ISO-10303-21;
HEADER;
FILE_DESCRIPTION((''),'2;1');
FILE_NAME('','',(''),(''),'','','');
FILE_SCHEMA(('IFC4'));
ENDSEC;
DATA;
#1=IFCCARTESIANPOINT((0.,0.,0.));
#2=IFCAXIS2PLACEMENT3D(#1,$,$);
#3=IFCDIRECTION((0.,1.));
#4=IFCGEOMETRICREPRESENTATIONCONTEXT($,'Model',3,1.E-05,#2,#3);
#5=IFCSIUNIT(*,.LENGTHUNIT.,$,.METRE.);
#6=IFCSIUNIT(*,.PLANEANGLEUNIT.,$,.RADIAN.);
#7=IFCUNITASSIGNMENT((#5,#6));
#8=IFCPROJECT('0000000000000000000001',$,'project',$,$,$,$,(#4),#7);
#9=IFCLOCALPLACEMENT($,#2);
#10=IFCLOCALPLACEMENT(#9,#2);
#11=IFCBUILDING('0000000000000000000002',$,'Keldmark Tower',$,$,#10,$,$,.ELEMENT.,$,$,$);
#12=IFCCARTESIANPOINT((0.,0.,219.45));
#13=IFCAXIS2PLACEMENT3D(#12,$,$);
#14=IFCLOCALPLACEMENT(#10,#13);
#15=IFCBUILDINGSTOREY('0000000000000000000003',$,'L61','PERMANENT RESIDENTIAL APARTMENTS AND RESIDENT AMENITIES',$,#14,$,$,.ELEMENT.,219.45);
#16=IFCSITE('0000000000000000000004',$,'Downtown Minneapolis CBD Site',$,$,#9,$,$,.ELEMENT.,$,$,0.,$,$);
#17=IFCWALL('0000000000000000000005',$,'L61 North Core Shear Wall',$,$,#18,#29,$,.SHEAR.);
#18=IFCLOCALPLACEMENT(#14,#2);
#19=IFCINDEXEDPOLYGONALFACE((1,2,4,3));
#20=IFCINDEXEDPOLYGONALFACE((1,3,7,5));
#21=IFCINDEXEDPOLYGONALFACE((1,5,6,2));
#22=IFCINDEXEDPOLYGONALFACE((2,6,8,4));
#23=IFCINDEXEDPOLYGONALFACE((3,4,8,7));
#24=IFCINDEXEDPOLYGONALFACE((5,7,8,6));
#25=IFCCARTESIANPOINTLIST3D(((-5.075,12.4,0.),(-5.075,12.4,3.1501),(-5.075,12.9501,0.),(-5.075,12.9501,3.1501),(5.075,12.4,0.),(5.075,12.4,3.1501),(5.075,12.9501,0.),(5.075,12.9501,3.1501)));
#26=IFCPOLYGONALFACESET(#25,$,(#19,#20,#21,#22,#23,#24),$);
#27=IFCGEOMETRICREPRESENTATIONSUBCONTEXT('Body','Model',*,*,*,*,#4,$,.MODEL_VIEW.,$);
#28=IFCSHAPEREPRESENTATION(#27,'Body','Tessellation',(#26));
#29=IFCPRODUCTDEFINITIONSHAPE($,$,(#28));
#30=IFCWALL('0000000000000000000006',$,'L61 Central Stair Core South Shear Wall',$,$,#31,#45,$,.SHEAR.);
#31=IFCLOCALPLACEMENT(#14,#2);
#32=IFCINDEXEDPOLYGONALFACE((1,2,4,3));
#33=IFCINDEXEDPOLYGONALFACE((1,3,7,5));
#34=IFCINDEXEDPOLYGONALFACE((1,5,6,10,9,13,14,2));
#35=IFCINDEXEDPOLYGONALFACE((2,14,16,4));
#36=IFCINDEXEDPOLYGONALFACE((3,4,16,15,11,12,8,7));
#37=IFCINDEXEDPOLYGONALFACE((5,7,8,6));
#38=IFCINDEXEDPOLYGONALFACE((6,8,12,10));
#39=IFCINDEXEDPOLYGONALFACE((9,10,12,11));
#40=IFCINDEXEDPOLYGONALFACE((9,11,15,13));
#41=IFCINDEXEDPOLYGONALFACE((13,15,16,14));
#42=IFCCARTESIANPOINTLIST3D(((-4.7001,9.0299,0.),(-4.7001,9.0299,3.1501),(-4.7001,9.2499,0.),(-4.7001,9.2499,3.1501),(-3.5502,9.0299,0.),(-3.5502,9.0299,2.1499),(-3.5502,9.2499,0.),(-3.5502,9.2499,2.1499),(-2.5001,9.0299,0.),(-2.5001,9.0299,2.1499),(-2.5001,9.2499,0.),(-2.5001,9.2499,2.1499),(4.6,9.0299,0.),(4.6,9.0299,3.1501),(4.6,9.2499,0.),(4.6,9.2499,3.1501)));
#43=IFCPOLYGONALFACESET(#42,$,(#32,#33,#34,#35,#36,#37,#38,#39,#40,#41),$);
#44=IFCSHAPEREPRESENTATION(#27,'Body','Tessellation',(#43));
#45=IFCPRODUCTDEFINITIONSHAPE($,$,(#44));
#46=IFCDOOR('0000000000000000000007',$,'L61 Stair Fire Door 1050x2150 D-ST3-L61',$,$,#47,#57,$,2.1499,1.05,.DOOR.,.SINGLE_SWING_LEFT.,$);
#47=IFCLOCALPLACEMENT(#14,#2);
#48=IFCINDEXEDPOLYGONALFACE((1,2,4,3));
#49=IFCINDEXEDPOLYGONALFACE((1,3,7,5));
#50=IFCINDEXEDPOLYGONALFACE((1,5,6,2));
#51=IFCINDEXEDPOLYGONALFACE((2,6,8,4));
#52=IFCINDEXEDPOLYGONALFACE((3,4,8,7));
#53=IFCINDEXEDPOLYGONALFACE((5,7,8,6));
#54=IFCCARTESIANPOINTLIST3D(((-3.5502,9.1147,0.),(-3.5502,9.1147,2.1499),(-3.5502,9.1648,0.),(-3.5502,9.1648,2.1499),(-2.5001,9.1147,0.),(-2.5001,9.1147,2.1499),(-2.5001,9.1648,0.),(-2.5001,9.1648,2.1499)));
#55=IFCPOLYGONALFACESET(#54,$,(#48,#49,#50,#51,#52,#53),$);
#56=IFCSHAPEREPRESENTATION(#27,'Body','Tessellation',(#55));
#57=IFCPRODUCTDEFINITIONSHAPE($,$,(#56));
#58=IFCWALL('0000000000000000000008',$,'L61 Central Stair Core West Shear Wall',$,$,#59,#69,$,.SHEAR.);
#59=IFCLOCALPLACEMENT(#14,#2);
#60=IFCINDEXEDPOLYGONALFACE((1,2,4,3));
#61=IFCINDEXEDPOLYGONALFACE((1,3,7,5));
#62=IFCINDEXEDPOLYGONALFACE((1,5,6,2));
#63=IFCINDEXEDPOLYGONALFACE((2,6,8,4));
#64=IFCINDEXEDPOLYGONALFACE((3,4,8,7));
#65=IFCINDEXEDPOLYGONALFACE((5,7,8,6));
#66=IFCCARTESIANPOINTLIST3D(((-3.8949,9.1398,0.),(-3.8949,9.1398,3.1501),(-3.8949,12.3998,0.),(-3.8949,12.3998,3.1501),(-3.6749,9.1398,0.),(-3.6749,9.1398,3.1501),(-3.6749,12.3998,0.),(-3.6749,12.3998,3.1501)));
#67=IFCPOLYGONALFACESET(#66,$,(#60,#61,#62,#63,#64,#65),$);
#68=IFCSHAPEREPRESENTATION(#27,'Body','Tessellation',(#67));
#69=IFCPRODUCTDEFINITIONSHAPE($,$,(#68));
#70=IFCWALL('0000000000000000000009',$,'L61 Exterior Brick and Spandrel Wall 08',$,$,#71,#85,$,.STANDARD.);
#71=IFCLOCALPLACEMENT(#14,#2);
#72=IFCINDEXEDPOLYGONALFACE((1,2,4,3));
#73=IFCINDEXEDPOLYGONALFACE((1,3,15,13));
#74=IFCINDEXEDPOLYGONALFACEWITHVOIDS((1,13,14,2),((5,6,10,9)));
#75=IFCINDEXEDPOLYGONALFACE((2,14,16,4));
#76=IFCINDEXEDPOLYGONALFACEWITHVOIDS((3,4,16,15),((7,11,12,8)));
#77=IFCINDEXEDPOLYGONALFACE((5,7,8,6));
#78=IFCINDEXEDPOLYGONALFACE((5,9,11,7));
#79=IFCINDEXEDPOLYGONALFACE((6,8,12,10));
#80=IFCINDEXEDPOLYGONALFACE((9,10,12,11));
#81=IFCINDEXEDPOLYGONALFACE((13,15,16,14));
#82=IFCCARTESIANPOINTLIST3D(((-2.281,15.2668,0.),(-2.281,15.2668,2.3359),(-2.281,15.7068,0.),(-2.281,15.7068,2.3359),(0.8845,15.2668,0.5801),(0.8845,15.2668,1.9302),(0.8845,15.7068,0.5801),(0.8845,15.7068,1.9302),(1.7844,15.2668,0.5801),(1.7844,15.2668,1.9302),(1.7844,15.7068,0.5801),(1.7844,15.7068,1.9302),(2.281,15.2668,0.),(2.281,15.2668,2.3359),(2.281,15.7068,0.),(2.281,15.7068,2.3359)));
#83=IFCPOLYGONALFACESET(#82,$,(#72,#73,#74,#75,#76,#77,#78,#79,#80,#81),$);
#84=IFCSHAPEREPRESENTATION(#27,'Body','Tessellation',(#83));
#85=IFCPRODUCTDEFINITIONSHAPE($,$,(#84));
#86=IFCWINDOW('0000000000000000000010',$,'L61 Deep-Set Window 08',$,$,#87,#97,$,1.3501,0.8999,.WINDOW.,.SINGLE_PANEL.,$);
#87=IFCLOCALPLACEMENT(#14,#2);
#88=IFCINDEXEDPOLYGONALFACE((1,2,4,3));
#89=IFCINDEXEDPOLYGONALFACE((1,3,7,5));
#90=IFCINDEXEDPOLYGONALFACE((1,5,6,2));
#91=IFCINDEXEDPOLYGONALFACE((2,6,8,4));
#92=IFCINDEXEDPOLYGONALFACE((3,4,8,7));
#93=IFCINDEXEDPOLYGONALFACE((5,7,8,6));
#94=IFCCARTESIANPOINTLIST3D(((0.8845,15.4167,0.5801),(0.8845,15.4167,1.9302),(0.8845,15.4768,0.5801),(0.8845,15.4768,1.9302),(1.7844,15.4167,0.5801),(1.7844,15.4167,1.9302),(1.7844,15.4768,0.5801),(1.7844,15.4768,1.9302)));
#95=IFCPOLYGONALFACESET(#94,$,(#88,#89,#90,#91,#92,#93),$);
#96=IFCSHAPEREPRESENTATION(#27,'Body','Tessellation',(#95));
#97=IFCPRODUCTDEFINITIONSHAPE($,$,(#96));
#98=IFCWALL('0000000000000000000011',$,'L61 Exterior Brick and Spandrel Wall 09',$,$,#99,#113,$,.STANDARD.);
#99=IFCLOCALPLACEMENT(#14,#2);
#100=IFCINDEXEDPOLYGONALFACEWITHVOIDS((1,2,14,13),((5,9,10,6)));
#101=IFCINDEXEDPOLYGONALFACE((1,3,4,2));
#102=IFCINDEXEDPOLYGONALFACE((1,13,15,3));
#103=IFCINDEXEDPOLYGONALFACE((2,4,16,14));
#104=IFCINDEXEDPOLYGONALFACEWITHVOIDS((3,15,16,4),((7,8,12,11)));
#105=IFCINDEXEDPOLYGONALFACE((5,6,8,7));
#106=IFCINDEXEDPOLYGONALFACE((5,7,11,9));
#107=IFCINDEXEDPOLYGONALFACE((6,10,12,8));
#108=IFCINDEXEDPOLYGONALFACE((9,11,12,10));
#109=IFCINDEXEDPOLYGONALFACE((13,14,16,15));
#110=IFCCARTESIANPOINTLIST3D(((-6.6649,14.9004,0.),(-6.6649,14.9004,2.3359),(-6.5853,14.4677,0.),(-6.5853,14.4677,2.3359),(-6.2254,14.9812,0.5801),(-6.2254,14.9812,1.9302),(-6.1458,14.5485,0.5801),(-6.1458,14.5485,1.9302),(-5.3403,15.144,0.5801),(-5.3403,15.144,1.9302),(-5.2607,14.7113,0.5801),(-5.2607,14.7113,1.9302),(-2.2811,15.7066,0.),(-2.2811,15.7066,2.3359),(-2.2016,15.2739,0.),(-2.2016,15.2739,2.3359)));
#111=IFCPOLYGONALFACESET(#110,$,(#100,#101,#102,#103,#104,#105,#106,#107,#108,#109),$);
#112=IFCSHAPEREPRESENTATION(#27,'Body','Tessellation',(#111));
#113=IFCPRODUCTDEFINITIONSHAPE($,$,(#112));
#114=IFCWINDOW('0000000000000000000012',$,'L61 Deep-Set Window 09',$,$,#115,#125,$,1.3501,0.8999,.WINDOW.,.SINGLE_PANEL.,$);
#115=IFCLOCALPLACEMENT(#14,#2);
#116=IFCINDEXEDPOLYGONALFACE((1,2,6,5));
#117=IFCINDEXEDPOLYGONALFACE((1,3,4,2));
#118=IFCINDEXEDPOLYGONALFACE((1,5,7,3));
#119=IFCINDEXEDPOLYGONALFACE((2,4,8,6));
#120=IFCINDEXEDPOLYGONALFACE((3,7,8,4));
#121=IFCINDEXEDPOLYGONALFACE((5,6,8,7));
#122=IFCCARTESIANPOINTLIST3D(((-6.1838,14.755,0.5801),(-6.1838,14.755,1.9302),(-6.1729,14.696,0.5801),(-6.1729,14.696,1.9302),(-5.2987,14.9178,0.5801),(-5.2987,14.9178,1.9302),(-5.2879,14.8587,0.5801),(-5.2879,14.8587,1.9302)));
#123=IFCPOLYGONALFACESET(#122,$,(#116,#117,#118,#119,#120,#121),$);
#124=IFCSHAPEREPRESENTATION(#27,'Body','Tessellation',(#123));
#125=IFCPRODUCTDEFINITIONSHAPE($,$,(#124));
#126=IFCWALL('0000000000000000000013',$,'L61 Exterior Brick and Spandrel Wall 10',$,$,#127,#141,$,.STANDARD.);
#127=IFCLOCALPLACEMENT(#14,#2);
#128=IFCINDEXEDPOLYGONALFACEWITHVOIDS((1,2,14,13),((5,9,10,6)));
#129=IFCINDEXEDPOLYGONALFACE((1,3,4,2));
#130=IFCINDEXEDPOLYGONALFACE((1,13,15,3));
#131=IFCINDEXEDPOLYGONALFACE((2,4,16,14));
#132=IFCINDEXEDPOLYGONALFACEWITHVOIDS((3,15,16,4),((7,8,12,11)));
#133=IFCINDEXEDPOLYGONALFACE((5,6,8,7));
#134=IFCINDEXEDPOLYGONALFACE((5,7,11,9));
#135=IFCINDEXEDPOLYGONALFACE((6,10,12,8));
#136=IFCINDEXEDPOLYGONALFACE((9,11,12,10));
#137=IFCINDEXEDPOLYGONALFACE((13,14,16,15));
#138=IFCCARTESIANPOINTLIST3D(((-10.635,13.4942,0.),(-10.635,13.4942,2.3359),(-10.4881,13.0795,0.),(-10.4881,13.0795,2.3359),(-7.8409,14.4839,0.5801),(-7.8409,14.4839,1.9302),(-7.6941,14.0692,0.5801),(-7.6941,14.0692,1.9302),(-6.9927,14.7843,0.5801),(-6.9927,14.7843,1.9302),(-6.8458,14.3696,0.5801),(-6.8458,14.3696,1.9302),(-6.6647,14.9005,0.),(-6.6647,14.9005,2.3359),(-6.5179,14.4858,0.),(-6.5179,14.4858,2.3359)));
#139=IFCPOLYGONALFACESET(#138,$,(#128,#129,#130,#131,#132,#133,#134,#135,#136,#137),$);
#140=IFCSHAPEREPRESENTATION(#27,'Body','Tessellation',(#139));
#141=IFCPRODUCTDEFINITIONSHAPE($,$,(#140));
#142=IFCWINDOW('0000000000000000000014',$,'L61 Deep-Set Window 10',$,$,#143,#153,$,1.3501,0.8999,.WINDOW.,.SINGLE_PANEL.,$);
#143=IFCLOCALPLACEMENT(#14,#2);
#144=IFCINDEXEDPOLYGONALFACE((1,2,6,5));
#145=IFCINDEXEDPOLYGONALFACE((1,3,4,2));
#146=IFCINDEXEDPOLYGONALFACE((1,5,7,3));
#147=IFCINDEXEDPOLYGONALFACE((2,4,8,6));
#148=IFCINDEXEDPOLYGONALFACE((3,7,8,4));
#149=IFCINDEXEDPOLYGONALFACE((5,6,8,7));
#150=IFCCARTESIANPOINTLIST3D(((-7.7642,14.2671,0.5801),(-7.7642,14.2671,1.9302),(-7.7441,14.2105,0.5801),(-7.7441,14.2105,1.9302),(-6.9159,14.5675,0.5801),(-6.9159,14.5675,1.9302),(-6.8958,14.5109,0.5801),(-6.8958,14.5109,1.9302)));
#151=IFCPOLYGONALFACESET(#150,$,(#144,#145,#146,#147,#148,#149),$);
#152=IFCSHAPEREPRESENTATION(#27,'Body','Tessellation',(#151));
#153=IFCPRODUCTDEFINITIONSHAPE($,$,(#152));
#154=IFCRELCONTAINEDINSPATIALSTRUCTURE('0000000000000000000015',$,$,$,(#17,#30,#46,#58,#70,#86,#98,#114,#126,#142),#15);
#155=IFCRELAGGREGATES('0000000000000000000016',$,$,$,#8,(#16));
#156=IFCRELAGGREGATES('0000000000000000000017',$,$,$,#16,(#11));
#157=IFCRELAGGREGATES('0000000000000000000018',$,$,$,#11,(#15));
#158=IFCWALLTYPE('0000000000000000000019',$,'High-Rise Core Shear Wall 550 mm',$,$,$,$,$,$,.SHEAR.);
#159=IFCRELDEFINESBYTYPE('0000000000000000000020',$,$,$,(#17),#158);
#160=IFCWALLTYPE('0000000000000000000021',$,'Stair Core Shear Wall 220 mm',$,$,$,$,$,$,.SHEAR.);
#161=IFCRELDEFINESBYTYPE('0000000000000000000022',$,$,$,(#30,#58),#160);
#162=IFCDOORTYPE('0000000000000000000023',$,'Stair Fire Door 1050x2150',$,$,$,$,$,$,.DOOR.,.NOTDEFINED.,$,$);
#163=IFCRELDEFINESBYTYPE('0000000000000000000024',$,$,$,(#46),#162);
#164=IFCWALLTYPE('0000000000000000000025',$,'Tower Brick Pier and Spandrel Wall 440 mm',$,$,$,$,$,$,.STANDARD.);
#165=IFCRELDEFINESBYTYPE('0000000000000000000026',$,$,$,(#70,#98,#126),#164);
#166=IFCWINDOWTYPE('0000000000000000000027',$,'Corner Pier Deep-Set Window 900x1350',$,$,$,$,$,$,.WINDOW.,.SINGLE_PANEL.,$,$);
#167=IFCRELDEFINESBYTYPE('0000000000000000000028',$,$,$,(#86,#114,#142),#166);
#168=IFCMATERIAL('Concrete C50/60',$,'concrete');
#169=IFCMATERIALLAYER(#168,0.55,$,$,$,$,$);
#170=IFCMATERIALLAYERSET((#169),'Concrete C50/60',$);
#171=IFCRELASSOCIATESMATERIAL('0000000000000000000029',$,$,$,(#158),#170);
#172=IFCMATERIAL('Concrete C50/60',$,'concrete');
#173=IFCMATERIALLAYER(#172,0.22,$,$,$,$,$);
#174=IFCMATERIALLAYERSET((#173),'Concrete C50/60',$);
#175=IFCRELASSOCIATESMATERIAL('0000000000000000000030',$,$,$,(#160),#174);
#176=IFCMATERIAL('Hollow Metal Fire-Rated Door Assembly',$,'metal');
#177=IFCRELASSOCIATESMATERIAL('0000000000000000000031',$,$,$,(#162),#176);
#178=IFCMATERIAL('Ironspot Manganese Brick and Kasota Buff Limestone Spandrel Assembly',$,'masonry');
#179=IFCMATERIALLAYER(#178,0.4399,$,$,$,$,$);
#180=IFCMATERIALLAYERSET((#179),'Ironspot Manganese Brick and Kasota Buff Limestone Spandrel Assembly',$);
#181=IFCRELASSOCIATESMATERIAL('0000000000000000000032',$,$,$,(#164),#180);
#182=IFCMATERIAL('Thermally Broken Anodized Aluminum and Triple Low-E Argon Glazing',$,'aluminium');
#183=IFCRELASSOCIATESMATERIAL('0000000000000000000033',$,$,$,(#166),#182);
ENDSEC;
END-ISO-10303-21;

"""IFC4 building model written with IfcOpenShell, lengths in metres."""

from ifc_helpers import new_model, si_unit, direction, frame, frame_2d, origin, place, context, subcontext, project, spatial, rectangle, extrude, material, layer, layer_set, type_object, element, fill, save


model = new_model("IFC4")

# Units and contexts
model_context = context("Model", 3, precision=1e-05, world=origin(), true_north=direction((0.0, 1.0)))
body_context = subcontext(model_context, "Body", "Model", "MODEL_VIEW")
ifc_project = project(units=[si_unit("LENGTHUNIT", "METRE"), si_unit("PLANEANGLEUNIT", "RADIAN")], contexts=[model_context])

# Site, building, storey
site_placement = place(None, origin())
site = spatial("IfcSite", under=ifc_project, at=site_placement, Name="Downtown Minneapolis CBD Site", CompositionType="ELEMENT", RefElevation=0.0)
building_placement = place(site_placement, origin())
building = spatial("IfcBuilding", under=site, at=building_placement, Name="Keldmark Tower", CompositionType="ELEMENT")
storey_placement = place(building_placement, frame((0.0, 0.0, 219.45)))
storey = spatial("IfcBuildingStorey", under=building, at=storey_placement, Name="L61", Description="PERMANENT RESIDENTIAL APARTMENTS AND RESIDENT AMENITIES", CompositionType="ELEMENT", Elevation=219.45)

# Wall
ifc_material_1 = material(Name="Concrete C50/60", Category="concrete")
ifc_layer_1 = layer(ifc_material_1, 0.55)
ifc_layer_set_1 = layer_set([ifc_layer_1], Name="Concrete C50/60")
wall_type_1 = type_object("IfcWallType", Name="High-Rise Core Shear Wall 550 mm", PredefinedType="SHEAR", material=ifc_layer_set_1)
wall_1_placement = place(storey_placement, frame((-5.075, 12.675, 0.0), z_axis=(0.0, 0.0, 1.0), x_axis=(1.0, 0.0, 0.0)))
element("IfcWall", 1, at=wall_1_placement, inside=storey, type_object=wall_type_1, Name="L61 North Core Shear Wall", PredefinedType="SHEAR", context=body_context, shape_type="SweptSolid", body=[
    extrude(rectangle(XDim=10.1499, YDim=0.55, at=frame_2d((5.075, 0.0))), origin(), (0.0, 0.0, 1.0), 3.1501),
])

# Wall, opening, door
ifc_material_2 = material(Name="Concrete C50/60", Category="concrete")
ifc_layer_2 = layer(ifc_material_2, 0.22)
ifc_layer_set_2 = layer_set([ifc_layer_2], Name="Concrete C50/60")
wall_type_2 = type_object("IfcWallType", Name="Stair Core Shear Wall 220 mm", PredefinedType="SHEAR", material=ifc_layer_set_2)
wall_2_placement = place(storey_placement, frame((-4.7, 9.1399, 0.0), z_axis=(0.0, 0.0, 1.0), x_axis=(1.0, 0.0, 0.0)))
wall_2 = element("IfcWall", 2, at=wall_2_placement, inside=storey, type_object=wall_type_2, Name="L61 Central Stair Core South Shear Wall", PredefinedType="SHEAR", context=body_context, shape_type="SweptSolid", body=[
    extrude(rectangle(XDim=9.3, YDim=0.22, at=frame_2d((4.6499, 0.0))), origin(), (0.0, 0.0, 1.0), 3.1501),
])
opening_1_placement = place(wall_2_placement, frame((1.1499, 0.0, 0.0)))
opening_1 = element("IfcOpeningElement", 3, at=opening_1_placement, cuts=wall_2, PredefinedType="OPENING", context=body_context, shape_type="SweptSolid", body=[
    extrude(rectangle(XDim=1.05, YDim=2.1499, at=frame_2d((0.5249, 1.075))), frame((0.0, 0.1199, 0.0), z_axis=(0.0, -1.0, 0.0), x_axis=(1.0, 0.0, 0.0)), (0.0, 0.0, 1.0), 0.24),
])
ifc_material_3 = material(Name="Hollow Metal Fire-Rated Door Assembly", Category="metal")
door_type = type_object("IfcDoorType", Name="Stair Fire Door 1050x2150", OperationType="NOTDEFINED", PredefinedType="DOOR", material=ifc_material_3)
door_placement = place(opening_1_placement, origin())
door = element("IfcDoor", 4, at=door_placement, inside=storey, type_object=door_type, Name="L61 Stair Fire Door 1050x2150 D-ST3-L61", OperationType="SINGLE_SWING_LEFT", OverallHeight=2.1499, OverallWidth=1.05, PredefinedType="DOOR", context=body_context, shape_type="SweptSolid", body=[
    extrude(rectangle(XDim=1.05, YDim=2.1499, at=frame_2d((0.5249, 1.075))), frame((0.0, 0.0249, 0.0), z_axis=(0.0, -1.0, 0.0), x_axis=(1.0, 0.0, 0.0)), (0.0, 0.0, 1.0), 0.05),
])
fill(opening_1, door)

# Wall
wall_3_placement = place(storey_placement, frame((-3.7849, 9.1399, 0.0), z_axis=(0.0, 0.0, 1.0), x_axis=(0.0, 1.0, 0.0)))
element("IfcWall", 5, at=wall_3_placement, inside=storey, type_object=wall_type_2, Name="L61 Central Stair Core West Shear Wall", PredefinedType="SHEAR", context=body_context, shape_type="SweptSolid", body=[
    extrude(rectangle(XDim=3.26, YDim=0.22, at=frame_2d((1.6299, 0.0))), origin(), (0.0, 0.0, 1.0), 3.1501),
])

# Walls, openings, windows
ifc_material_4 = material(Name="Ironspot Manganese Brick and Kasota Buff Limestone Spandrel Assembly", Category="masonry")
ifc_layer_3 = layer(ifc_material_4, 0.4399)
ifc_layer_set_3 = layer_set([ifc_layer_3], Name="Ironspot Manganese Brick and Kasota Buff Limestone Spandrel Assembly")
wall_type_3 = type_object("IfcWallType", Name="Tower Brick Pier and Spandrel Wall 440 mm", PredefinedType="STANDARD", material=ifc_layer_set_3)
wall_4_placement = place(storey_placement, frame((-2.281, 15.4868, 0.0), z_axis=(0.0, 0.0, 1.0), x_axis=(1.0, 0.0, 0.0)))
wall_4 = element("IfcWall", 6, at=wall_4_placement, inside=storey, type_object=wall_type_3, Name="L61 Exterior Brick and Spandrel Wall 08", PredefinedType="STANDARD", context=body_context, shape_type="SweptSolid", body=[
    extrude(rectangle(XDim=4.562, YDim=0.4399, at=frame_2d((2.281, 0.0))), origin(), (0.0, 0.0, 1.0), 2.3359),
])
opening_2_placement = place(wall_4_placement, frame((3.1655, 0.0, 0.5801)))
opening_2 = element("IfcOpeningElement", 7, at=opening_2_placement, cuts=wall_4, PredefinedType="OPENING", context=body_context, shape_type="SweptSolid", body=[
    extrude(rectangle(XDim=0.8999, YDim=1.3501, at=frame_2d((0.45, 0.675))), frame((0.0, 0.23, 0.0), z_axis=(0.0, -1.0, 0.0), x_axis=(1.0, 0.0, 0.0)), (0.0, 0.0, 1.0), 0.46),
])
ifc_material_5 = material(Name="Thermally Broken Anodized Aluminum and Triple Low-E Argon Glazing", Category="aluminium")
window_type = type_object("IfcWindowType", Name="Corner Pier Deep-Set Window 900x1350", PartitioningType="SINGLE_PANEL", PredefinedType="WINDOW", material=ifc_material_5)
window_1_placement = place(opening_2_placement, origin())
window_1 = element("IfcWindow", 8, at=window_1_placement, inside=storey, type_object=window_type, Name="L61 Deep-Set Window 08", OverallHeight=1.3501, OverallWidth=0.8999, PartitioningType="SINGLE_PANEL", PredefinedType="WINDOW", context=body_context, shape_type="SweptSolid", body=[
    extrude(rectangle(XDim=0.8999, YDim=1.3501, at=frame_2d((0.45, 0.675))), frame((0.0, -0.01, 0.0), z_axis=(0.0, -1.0, 0.0), x_axis=(1.0, 0.0, 0.0)), (0.0, 0.0, 1.0), 0.0601),
])
fill(opening_2, window_1)
wall_5_placement = place(storey_placement, frame((-6.625, 14.6841, 0.0), z_axis=(0.0, 0.0, 1.0), x_axis=(0.983509, 0.180861, 0.0)))
wall_5 = element("IfcWall", 9, at=wall_5_placement, inside=storey, type_object=wall_type_3, Name="L61 Exterior Brick and Spandrel Wall 09", PredefinedType="STANDARD", context=body_context, shape_type="SweptSolid", body=[
    extrude(rectangle(XDim=4.4573, YDim=0.4399, at=frame_2d((2.2285, 0.0))), origin(), (0.0, 0.0, 1.0), 2.3359),
])
opening_3_placement = place(wall_5_placement, frame((0.4468, 0.0, 0.5801)))
opening_3 = element("IfcOpeningElement", 10, at=opening_3_placement, cuts=wall_5, PredefinedType="OPENING", context=body_context, shape_type="SweptSolid", body=[
    extrude(rectangle(XDim=0.8999, YDim=1.3501, at=frame_2d((0.45, 0.675))), frame((0.0, 0.23, 0.0), z_axis=(0.0, -1.0, 0.0), x_axis=(1.0, 0.0, 0.0)), (0.0, 0.0, 1.0), 0.46),
])
window_2_placement = place(opening_3_placement, origin())
window_2 = element("IfcWindow", 11, at=window_2_placement, inside=storey, type_object=window_type, Name="L61 Deep-Set Window 09", OverallHeight=1.3501, OverallWidth=0.8999, PartitioningType="SINGLE_PANEL", PredefinedType="WINDOW", context=body_context, shape_type="SweptSolid", body=[
    extrude(rectangle(XDim=0.8999, YDim=1.3501, at=frame_2d((0.45, 0.675))), frame((0.0, -0.01, 0.0), z_axis=(0.0, -1.0, 0.0), x_axis=(1.0, 0.0, 0.0)), (0.0, 0.0, 1.0), 0.0601),
])
fill(opening_3, window_2)
wall_6_placement = place(storey_placement, frame((-10.5615, 13.2869, 0.0), z_axis=(0.0, 0.0, 1.0), x_axis=(0.942617, 0.333875, 0.0)))
wall_6 = element("IfcWall", 12, at=wall_6_placement, inside=storey, type_object=wall_type_3, Name="L61 Exterior Brick and Spandrel Wall 10", PredefinedType="STANDARD", context=body_context, shape_type="SweptSolid", body=[
    extrude(rectangle(XDim=4.2119, YDim=0.4399, at=frame_2d((2.106, 0.0))), origin(), (0.0, 0.0, 1.0), 2.3359),
])
opening_4_placement = place(wall_6_placement, frame((2.9641, 0.0, 0.5801)))
opening_4 = element("IfcOpeningElement", 13, at=opening_4_placement, cuts=wall_6, PredefinedType="OPENING", context=body_context, shape_type="SweptSolid", body=[
    extrude(rectangle(XDim=0.8999, YDim=1.3501, at=frame_2d((0.45, 0.675))), frame((0.0, 0.23, 0.0), z_axis=(0.0, -1.0, 0.0), x_axis=(1.0, 0.0, 0.0)), (0.0, 0.0, 1.0), 0.46),
])
window_3_placement = place(opening_4_placement, origin())
window_3 = element("IfcWindow", 14, at=window_3_placement, inside=storey, type_object=window_type, Name="L61 Deep-Set Window 10", OverallHeight=1.3501, OverallWidth=0.8999, PartitioningType="SINGLE_PANEL", PredefinedType="WINDOW", context=body_context, shape_type="SweptSolid", body=[
    extrude(rectangle(XDim=0.8999, YDim=1.3501, at=frame_2d((0.45, 0.675))), frame((0.0, -0.01, 0.0), z_axis=(0.0, -1.0, 0.0), x_axis=(1.0, 0.0, 0.0)), (0.0, 0.0, 1.0), 0.0601),
])
fill(opening_4, window_3)

save(model, "model.ifc")
